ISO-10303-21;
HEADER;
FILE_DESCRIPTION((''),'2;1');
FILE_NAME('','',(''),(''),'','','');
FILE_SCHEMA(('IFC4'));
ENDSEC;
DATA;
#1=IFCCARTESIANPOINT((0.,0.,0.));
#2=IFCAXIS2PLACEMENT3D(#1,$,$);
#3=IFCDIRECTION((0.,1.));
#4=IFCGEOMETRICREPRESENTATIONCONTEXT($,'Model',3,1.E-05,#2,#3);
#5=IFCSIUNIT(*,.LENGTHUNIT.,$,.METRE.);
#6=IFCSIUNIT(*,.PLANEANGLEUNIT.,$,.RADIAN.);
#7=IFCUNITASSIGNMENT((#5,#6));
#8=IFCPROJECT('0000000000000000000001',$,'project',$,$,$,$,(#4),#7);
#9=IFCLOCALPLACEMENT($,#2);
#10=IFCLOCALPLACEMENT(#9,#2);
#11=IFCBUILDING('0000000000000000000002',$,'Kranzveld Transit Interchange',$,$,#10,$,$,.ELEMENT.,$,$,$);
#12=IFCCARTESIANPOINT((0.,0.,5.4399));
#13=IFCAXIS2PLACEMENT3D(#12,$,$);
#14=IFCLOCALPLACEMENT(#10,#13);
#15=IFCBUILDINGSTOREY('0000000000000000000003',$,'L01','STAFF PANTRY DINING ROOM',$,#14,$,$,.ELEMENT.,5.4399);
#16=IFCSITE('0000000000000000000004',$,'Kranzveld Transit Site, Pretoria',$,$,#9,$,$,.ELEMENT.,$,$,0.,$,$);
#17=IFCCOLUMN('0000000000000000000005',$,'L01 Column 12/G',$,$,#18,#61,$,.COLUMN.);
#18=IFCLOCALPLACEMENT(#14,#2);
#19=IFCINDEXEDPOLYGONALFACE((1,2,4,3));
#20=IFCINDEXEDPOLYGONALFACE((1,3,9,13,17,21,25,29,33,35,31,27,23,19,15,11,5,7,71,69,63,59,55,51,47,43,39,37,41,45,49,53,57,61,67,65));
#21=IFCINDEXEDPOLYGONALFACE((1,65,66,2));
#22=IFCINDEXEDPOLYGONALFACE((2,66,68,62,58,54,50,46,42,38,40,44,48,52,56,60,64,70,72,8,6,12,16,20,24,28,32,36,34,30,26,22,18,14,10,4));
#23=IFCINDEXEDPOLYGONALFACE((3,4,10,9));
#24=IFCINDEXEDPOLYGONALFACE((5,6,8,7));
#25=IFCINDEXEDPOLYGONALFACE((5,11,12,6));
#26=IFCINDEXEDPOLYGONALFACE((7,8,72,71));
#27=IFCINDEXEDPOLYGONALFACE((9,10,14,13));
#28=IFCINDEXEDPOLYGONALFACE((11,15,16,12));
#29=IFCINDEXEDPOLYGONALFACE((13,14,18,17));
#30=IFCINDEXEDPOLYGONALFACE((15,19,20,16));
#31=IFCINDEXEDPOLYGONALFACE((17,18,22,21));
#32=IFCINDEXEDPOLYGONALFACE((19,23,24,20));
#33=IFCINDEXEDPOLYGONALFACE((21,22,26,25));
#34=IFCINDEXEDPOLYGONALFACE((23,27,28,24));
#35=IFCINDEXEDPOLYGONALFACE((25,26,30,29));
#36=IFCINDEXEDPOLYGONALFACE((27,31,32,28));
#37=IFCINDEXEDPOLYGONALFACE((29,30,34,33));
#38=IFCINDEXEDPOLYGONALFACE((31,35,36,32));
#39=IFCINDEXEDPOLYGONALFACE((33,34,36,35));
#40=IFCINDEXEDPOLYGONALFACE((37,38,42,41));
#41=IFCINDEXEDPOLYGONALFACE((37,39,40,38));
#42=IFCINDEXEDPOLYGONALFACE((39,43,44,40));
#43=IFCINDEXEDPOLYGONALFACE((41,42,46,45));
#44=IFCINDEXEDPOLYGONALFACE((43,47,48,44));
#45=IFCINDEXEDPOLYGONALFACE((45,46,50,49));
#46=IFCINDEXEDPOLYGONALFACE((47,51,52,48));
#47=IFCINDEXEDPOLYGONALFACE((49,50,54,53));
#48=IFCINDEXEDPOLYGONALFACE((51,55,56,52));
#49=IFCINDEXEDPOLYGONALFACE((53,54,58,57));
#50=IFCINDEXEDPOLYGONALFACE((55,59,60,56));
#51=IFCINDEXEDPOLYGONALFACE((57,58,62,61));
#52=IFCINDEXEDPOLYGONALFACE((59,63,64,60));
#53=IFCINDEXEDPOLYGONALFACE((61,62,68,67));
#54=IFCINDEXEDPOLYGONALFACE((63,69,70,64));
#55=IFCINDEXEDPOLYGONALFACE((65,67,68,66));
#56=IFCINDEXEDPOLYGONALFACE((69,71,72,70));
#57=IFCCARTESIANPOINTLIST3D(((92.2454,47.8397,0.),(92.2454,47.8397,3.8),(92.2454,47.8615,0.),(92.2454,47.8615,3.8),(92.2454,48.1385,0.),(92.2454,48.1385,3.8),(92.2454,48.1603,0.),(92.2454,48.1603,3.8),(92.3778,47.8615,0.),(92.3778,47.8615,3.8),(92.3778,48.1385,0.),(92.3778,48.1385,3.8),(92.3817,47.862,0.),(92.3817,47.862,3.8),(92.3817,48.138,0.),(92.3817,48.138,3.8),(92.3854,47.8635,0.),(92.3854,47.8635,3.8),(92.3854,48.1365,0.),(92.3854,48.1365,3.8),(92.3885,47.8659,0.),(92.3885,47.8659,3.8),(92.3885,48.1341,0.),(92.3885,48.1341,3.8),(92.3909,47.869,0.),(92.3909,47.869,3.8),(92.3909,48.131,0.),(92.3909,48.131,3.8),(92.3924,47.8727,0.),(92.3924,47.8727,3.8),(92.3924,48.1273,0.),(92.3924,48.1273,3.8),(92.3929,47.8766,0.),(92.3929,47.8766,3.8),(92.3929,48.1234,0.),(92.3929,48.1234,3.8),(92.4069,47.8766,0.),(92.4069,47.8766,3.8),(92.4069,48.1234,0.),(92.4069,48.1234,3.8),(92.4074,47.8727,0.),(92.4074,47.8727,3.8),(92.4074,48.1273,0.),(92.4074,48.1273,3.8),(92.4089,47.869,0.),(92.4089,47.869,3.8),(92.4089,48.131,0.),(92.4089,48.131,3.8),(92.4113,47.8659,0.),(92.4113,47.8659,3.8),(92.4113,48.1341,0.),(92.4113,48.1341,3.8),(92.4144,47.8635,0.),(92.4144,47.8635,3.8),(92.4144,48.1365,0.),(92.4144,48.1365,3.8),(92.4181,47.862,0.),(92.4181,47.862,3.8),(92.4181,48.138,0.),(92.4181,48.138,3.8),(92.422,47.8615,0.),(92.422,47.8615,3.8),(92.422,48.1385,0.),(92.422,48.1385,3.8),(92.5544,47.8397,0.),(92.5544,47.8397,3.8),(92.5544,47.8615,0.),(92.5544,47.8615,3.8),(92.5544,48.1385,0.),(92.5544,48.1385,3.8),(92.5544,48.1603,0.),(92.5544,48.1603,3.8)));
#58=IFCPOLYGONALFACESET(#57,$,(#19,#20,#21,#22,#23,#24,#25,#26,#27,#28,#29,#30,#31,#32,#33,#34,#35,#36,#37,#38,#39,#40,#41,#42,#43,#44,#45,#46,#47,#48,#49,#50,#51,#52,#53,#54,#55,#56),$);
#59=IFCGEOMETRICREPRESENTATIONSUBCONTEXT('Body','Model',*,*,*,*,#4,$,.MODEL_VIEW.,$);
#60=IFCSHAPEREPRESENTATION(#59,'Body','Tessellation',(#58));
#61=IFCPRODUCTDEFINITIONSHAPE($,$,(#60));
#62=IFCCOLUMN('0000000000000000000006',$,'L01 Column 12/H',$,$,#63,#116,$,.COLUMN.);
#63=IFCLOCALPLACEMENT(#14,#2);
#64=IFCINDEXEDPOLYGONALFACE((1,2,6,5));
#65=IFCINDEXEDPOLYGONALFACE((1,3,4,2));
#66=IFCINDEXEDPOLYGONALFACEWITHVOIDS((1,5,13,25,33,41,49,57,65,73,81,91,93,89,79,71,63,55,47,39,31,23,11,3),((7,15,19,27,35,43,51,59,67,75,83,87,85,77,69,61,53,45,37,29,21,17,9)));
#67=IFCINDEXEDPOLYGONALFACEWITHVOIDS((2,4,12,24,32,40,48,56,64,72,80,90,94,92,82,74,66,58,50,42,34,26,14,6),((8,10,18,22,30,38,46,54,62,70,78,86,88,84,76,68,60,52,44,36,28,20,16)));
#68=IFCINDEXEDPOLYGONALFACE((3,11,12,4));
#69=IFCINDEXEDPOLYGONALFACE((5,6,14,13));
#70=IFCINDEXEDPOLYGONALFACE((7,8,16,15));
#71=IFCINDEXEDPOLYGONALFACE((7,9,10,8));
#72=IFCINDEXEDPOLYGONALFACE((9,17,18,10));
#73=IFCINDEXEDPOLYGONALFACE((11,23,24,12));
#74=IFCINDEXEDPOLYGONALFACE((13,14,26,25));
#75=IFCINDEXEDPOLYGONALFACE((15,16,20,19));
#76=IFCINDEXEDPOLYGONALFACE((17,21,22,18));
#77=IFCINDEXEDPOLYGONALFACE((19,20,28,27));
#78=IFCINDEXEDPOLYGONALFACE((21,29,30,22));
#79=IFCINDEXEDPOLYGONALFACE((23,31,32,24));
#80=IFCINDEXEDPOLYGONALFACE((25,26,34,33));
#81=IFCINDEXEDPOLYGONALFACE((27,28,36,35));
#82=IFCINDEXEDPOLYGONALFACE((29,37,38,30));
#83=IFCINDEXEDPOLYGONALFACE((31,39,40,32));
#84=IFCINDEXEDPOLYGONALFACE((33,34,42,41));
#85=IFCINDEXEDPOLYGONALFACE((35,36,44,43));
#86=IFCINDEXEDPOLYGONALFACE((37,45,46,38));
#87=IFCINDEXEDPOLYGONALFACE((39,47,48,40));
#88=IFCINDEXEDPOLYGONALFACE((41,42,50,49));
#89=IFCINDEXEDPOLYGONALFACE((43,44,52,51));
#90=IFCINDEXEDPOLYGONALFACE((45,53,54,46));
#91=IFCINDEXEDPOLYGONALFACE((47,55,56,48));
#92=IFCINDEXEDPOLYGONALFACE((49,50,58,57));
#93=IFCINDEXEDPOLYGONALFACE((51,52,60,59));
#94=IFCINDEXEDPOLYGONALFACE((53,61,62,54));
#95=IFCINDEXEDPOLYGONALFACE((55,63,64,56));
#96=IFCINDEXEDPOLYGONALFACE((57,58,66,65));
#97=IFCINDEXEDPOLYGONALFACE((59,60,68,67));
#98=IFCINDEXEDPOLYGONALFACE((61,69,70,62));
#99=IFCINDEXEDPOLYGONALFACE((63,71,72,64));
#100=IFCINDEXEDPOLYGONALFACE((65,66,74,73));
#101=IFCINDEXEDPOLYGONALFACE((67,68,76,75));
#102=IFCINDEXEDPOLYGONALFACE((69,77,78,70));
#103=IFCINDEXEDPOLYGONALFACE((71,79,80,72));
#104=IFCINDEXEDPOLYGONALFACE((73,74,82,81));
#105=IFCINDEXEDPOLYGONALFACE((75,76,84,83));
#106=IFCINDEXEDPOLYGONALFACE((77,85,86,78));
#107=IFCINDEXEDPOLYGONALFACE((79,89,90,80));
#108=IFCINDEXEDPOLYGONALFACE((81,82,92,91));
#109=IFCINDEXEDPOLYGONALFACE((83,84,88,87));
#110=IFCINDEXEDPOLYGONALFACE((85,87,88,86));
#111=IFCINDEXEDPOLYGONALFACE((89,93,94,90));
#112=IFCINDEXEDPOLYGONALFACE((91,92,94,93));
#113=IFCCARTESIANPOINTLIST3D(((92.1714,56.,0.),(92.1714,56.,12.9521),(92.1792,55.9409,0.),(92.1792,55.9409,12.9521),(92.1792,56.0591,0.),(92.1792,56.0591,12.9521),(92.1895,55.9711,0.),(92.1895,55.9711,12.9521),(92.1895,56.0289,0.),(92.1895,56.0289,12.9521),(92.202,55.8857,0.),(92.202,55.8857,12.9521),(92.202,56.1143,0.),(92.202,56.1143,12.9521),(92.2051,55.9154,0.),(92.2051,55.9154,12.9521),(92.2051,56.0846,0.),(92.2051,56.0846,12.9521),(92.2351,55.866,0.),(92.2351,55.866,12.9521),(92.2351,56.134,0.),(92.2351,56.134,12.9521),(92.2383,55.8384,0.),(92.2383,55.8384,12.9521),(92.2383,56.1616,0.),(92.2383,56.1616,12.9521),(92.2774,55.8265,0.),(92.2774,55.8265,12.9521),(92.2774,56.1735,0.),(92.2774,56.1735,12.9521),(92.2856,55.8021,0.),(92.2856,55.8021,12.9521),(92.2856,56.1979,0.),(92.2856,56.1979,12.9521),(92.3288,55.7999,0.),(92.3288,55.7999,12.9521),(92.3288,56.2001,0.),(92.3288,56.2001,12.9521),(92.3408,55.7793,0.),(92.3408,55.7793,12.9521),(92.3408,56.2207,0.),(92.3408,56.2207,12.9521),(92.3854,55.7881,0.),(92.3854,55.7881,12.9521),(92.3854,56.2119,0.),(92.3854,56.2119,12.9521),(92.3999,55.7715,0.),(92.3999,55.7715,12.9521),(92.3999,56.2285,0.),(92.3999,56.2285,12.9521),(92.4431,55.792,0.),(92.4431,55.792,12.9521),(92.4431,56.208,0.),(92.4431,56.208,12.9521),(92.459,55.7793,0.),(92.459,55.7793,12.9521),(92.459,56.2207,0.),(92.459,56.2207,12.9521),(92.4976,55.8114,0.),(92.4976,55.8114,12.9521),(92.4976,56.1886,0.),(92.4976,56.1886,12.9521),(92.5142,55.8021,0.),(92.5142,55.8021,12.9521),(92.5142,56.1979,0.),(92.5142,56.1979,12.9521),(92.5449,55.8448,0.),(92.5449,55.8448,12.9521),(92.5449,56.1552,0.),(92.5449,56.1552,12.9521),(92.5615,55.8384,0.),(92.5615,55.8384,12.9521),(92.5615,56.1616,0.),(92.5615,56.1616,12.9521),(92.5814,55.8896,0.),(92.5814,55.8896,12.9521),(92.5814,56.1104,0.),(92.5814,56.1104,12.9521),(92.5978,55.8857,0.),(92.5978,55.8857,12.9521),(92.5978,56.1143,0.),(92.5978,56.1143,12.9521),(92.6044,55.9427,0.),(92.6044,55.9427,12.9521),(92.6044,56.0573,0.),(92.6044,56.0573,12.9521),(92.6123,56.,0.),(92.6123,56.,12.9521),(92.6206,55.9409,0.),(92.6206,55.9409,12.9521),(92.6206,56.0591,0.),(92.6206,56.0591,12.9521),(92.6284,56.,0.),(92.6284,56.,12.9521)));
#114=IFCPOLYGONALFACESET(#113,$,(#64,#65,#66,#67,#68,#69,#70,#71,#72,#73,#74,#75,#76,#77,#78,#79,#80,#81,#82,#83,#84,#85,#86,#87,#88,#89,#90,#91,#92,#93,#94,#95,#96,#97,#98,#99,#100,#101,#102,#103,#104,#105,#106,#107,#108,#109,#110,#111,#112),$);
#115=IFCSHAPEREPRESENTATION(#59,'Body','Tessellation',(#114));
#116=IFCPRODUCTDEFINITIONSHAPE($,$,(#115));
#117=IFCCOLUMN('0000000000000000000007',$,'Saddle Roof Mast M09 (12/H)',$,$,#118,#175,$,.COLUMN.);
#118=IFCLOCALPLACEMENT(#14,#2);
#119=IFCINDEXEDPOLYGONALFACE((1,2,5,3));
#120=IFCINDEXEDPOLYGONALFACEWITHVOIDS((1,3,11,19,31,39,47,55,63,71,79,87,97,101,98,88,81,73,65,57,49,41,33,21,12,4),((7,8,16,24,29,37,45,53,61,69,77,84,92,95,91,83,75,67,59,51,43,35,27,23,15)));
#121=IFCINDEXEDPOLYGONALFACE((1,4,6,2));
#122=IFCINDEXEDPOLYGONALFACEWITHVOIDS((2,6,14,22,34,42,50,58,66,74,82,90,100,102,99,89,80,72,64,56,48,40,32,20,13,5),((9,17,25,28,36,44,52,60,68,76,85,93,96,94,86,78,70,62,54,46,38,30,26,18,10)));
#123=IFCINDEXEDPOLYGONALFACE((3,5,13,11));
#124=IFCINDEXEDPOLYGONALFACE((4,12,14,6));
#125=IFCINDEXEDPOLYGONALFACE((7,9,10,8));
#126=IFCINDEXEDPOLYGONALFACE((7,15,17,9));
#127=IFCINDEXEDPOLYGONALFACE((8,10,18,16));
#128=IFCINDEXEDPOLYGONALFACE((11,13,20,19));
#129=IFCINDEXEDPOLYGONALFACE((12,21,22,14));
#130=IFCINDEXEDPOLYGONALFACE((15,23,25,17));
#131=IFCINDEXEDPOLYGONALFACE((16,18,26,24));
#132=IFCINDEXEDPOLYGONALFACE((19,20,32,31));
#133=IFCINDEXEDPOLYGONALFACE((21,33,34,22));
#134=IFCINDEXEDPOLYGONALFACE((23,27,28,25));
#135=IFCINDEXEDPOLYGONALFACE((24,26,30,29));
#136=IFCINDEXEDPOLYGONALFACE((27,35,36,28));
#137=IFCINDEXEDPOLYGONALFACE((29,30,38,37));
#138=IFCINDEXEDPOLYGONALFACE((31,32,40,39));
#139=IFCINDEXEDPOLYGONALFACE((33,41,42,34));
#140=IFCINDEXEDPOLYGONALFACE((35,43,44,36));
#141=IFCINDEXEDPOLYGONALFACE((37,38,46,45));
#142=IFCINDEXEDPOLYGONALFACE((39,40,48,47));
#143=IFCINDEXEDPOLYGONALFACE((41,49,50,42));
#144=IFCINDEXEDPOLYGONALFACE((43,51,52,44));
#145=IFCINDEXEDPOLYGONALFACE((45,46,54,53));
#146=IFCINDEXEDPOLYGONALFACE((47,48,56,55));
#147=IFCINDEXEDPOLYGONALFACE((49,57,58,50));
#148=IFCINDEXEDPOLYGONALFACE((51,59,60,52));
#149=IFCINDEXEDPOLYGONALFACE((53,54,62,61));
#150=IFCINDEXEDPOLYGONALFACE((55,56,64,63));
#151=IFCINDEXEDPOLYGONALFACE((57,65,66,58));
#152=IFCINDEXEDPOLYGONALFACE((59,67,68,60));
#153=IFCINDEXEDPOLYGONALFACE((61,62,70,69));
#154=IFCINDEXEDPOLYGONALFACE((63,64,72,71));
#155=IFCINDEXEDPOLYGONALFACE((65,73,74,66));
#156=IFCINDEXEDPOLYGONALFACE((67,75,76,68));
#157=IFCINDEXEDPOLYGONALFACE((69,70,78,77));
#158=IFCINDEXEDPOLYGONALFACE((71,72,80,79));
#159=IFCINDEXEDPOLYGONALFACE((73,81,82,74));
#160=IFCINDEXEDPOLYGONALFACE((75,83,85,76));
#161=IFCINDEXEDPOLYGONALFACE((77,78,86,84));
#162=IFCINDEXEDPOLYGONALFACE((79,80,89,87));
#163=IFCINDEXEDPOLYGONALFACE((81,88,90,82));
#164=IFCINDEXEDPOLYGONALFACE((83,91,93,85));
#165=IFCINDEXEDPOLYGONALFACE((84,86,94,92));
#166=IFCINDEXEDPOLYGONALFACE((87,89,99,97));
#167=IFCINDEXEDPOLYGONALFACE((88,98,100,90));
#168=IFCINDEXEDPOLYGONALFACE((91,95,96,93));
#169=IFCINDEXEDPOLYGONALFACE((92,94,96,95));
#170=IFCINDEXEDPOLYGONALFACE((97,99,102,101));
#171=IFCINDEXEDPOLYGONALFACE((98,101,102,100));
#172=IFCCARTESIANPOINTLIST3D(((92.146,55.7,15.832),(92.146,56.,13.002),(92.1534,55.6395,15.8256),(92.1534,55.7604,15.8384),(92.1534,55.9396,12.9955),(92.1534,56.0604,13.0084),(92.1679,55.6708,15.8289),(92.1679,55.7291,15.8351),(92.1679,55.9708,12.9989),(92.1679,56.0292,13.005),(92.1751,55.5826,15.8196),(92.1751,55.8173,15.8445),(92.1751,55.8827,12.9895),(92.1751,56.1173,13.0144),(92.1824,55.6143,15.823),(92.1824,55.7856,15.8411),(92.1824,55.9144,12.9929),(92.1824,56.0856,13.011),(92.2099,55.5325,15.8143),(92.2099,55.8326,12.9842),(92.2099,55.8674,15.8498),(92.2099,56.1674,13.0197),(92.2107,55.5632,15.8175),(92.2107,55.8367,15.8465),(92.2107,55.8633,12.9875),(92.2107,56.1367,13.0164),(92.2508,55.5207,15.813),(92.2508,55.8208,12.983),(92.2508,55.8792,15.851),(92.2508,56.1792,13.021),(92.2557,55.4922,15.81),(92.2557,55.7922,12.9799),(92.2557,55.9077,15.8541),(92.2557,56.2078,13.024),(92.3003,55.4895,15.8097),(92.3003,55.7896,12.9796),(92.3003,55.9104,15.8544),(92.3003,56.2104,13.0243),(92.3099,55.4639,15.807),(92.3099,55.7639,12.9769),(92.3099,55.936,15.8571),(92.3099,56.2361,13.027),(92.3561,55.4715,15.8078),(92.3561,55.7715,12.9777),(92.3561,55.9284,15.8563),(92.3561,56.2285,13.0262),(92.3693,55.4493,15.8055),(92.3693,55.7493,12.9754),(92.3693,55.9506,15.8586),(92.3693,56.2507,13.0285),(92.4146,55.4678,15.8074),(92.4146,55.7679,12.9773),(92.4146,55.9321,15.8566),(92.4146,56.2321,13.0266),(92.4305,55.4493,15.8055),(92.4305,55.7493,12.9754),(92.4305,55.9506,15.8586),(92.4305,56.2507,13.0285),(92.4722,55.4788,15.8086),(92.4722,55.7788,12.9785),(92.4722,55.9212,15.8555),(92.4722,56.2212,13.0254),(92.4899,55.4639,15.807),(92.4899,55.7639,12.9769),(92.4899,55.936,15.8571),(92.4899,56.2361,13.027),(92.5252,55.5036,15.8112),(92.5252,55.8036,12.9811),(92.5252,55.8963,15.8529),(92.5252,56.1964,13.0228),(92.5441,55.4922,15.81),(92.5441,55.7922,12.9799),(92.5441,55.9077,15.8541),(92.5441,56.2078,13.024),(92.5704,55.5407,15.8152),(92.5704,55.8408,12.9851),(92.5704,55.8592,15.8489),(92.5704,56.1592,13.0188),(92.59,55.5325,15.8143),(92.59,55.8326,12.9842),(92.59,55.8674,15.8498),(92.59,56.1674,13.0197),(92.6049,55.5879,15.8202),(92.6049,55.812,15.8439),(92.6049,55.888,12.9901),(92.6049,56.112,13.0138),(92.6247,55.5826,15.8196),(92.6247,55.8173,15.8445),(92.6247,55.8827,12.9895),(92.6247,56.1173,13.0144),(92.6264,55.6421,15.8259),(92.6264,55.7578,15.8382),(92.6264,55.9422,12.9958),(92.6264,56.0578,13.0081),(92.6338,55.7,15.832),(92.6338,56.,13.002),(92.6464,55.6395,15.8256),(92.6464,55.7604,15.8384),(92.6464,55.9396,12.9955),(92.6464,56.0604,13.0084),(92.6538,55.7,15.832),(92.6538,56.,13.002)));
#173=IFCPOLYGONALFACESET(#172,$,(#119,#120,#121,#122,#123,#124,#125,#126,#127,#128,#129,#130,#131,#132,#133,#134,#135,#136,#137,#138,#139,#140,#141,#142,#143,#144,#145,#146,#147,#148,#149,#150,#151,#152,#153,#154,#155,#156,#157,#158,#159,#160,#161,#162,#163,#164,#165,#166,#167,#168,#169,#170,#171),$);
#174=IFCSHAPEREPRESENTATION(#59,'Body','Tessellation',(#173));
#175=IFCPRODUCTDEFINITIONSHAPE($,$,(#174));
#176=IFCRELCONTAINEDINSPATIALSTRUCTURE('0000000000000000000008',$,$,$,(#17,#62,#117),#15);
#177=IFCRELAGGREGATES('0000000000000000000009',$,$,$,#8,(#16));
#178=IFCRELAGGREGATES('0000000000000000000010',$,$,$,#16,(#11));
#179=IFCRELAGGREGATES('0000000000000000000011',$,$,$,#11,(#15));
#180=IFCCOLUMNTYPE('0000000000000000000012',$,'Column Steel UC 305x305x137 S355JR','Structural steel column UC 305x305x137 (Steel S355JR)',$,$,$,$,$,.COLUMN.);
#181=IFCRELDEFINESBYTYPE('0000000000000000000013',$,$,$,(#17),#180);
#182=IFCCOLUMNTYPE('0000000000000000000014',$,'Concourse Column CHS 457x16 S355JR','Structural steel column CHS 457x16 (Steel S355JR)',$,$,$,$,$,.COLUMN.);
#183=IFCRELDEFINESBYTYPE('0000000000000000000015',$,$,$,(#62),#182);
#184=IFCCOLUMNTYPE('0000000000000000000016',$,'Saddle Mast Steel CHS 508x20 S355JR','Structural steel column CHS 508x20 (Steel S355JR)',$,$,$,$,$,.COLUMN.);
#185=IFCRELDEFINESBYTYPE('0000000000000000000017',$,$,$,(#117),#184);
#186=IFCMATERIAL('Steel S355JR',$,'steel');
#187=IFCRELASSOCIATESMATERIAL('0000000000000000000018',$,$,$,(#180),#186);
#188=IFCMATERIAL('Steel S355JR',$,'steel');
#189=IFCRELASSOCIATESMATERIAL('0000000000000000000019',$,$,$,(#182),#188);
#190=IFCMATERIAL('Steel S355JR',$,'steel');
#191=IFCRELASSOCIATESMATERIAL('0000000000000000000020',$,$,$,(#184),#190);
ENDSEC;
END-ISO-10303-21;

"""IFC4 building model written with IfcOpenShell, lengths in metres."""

from ifc_helpers import new_model, si_unit, direction, frame, origin, origin_2d, place, context, subcontext, project, spatial, hollow_circle, i_section, extrude, material, material_profile, profile_set, type_object, element, save


model = new_model("IFC4")

# Units and contexts
model_context = context("Model", 3, precision=1e-05, world=origin(), true_north=direction((0.0, 1.0)))
body_context = subcontext(model_context, "Body", "Model", "MODEL_VIEW")
ifc_project = project(units=[si_unit("LENGTHUNIT", "METRE"), si_unit("PLANEANGLEUNIT", "RADIAN")], contexts=[model_context])

# Site, building, storey
site_placement = place(None, origin())
site = spatial("IfcSite", under=ifc_project, at=site_placement, Name="Kranzveld Transit Site, Pretoria", CompositionType="ELEMENT", RefElevation=0.0)
building_placement = place(site_placement, origin())
building = spatial("IfcBuilding", under=site, at=building_placement, Name="Kranzveld Transit Interchange", CompositionType="ELEMENT")
storey_placement = place(building_placement, frame((0.0, 0.0, 5.4399)))
storey = spatial("IfcBuildingStorey", under=building, at=storey_placement, Name="L01", Description="STAFF PANTRY DINING ROOM", CompositionType="ELEMENT", Elevation=5.4399)

# Columns
ifc_material_1 = material(Name="Steel S355JR", Category="steel")
ifc_material_profile_1 = material_profile(ifc_material_1, i_section(OverallWidth=0.3091, OverallDepth=0.3206, WebThickness=0.0139, FlangeThickness=0.0217, FilletRadius=0.0151, at=origin_2d()), Name="UC 305x305x137")
ifc_profile_set_1 = profile_set([ifc_material_profile_1], Name="Steel S355JR")
column_type_1 = type_object("IfcColumnType", Name="Column Steel UC 305x305x137 S355JR", Description="Structural steel column UC 305x305x137 (Steel S355JR)", PredefinedType="COLUMN", material=ifc_profile_set_1)
column_1_placement = place(storey_placement, frame((92.3999, 48.0, 0.0), z_axis=(0.0, 0.0, 1.0), x_axis=(1.0, 0.0, 0.0)))
element("IfcColumn", 1, at=column_1_placement, inside=storey, type_object=column_type_1, Name="L01 Column 12/G", PredefinedType="COLUMN", context=body_context, shape_type="SweptSolid", body=[
    extrude(i_section(OverallWidth=0.3091, OverallDepth=0.3206, WebThickness=0.0139, FlangeThickness=0.0217, FilletRadius=0.0151, at=origin_2d()), origin(), (0.0, 0.0, 1.0), 3.8),
])
ifc_material_2 = material(Name="Steel S355JR", Category="steel")
ifc_material_profile_2 = material_profile(ifc_material_2, hollow_circle(Radius=0.2285, WallThickness=0.0161, at=origin_2d()), Name="CHS 457x16")
ifc_profile_set_2 = profile_set([ifc_material_profile_2], Name="Steel S355JR")
column_type_2 = type_object("IfcColumnType", Name="Concourse Column CHS 457x16 S355JR", Description="Structural steel column CHS 457x16 (Steel S355JR)", PredefinedType="COLUMN", material=ifc_profile_set_2)
column_2_placement = place(storey_placement, frame((92.3999, 56.0, 0.0), z_axis=(0.0, 0.0, 1.0), x_axis=(1.0, 0.0, 0.0)))
element("IfcColumn", 2, at=column_2_placement, inside=storey, type_object=column_type_2, Name="L01 Column 12/H", PredefinedType="COLUMN", context=body_context, shape_type="SweptSolid", body=[
    extrude(hollow_circle(Radius=0.2285, WallThickness=0.0161, at=origin_2d()), origin(), (0.0, 0.0, 1.0), 12.9521),
])
ifc_material_3 = material(Name="Steel S355JR", Category="steel")
ifc_material_profile_3 = material_profile(ifc_material_3, hollow_circle(Radius=0.2539, WallThickness=0.02, at=origin_2d()), Name="CHS 508x20")
ifc_profile_set_3 = profile_set([ifc_material_profile_3], Name="Steel S355JR")
column_type_3 = type_object("IfcColumnType", Name="Saddle Mast Steel CHS 508x20 S355JR", Description="Structural steel column CHS 508x20 (Steel S355JR)", PredefinedType="COLUMN", material=ifc_profile_set_3)
column_3_placement = place(storey_placement, frame((92.3999, 56.0, 13.002), z_axis=(0.0, -0.105431, 0.994427), x_axis=(1.0, 0.0, 0.0)))
element("IfcColumn", 3, at=column_3_placement, inside=storey, type_object=column_type_3, Name="Saddle Roof Mast M09 (12/H)", PredefinedType="COLUMN", context=body_context, shape_type="SweptSolid", body=[
    extrude(hollow_circle(Radius=0.2539, WallThickness=0.02, at=origin_2d()), origin(), (0.0, 0.0, 1.0), 2.8459),
])

save(model, "model.ifc")
